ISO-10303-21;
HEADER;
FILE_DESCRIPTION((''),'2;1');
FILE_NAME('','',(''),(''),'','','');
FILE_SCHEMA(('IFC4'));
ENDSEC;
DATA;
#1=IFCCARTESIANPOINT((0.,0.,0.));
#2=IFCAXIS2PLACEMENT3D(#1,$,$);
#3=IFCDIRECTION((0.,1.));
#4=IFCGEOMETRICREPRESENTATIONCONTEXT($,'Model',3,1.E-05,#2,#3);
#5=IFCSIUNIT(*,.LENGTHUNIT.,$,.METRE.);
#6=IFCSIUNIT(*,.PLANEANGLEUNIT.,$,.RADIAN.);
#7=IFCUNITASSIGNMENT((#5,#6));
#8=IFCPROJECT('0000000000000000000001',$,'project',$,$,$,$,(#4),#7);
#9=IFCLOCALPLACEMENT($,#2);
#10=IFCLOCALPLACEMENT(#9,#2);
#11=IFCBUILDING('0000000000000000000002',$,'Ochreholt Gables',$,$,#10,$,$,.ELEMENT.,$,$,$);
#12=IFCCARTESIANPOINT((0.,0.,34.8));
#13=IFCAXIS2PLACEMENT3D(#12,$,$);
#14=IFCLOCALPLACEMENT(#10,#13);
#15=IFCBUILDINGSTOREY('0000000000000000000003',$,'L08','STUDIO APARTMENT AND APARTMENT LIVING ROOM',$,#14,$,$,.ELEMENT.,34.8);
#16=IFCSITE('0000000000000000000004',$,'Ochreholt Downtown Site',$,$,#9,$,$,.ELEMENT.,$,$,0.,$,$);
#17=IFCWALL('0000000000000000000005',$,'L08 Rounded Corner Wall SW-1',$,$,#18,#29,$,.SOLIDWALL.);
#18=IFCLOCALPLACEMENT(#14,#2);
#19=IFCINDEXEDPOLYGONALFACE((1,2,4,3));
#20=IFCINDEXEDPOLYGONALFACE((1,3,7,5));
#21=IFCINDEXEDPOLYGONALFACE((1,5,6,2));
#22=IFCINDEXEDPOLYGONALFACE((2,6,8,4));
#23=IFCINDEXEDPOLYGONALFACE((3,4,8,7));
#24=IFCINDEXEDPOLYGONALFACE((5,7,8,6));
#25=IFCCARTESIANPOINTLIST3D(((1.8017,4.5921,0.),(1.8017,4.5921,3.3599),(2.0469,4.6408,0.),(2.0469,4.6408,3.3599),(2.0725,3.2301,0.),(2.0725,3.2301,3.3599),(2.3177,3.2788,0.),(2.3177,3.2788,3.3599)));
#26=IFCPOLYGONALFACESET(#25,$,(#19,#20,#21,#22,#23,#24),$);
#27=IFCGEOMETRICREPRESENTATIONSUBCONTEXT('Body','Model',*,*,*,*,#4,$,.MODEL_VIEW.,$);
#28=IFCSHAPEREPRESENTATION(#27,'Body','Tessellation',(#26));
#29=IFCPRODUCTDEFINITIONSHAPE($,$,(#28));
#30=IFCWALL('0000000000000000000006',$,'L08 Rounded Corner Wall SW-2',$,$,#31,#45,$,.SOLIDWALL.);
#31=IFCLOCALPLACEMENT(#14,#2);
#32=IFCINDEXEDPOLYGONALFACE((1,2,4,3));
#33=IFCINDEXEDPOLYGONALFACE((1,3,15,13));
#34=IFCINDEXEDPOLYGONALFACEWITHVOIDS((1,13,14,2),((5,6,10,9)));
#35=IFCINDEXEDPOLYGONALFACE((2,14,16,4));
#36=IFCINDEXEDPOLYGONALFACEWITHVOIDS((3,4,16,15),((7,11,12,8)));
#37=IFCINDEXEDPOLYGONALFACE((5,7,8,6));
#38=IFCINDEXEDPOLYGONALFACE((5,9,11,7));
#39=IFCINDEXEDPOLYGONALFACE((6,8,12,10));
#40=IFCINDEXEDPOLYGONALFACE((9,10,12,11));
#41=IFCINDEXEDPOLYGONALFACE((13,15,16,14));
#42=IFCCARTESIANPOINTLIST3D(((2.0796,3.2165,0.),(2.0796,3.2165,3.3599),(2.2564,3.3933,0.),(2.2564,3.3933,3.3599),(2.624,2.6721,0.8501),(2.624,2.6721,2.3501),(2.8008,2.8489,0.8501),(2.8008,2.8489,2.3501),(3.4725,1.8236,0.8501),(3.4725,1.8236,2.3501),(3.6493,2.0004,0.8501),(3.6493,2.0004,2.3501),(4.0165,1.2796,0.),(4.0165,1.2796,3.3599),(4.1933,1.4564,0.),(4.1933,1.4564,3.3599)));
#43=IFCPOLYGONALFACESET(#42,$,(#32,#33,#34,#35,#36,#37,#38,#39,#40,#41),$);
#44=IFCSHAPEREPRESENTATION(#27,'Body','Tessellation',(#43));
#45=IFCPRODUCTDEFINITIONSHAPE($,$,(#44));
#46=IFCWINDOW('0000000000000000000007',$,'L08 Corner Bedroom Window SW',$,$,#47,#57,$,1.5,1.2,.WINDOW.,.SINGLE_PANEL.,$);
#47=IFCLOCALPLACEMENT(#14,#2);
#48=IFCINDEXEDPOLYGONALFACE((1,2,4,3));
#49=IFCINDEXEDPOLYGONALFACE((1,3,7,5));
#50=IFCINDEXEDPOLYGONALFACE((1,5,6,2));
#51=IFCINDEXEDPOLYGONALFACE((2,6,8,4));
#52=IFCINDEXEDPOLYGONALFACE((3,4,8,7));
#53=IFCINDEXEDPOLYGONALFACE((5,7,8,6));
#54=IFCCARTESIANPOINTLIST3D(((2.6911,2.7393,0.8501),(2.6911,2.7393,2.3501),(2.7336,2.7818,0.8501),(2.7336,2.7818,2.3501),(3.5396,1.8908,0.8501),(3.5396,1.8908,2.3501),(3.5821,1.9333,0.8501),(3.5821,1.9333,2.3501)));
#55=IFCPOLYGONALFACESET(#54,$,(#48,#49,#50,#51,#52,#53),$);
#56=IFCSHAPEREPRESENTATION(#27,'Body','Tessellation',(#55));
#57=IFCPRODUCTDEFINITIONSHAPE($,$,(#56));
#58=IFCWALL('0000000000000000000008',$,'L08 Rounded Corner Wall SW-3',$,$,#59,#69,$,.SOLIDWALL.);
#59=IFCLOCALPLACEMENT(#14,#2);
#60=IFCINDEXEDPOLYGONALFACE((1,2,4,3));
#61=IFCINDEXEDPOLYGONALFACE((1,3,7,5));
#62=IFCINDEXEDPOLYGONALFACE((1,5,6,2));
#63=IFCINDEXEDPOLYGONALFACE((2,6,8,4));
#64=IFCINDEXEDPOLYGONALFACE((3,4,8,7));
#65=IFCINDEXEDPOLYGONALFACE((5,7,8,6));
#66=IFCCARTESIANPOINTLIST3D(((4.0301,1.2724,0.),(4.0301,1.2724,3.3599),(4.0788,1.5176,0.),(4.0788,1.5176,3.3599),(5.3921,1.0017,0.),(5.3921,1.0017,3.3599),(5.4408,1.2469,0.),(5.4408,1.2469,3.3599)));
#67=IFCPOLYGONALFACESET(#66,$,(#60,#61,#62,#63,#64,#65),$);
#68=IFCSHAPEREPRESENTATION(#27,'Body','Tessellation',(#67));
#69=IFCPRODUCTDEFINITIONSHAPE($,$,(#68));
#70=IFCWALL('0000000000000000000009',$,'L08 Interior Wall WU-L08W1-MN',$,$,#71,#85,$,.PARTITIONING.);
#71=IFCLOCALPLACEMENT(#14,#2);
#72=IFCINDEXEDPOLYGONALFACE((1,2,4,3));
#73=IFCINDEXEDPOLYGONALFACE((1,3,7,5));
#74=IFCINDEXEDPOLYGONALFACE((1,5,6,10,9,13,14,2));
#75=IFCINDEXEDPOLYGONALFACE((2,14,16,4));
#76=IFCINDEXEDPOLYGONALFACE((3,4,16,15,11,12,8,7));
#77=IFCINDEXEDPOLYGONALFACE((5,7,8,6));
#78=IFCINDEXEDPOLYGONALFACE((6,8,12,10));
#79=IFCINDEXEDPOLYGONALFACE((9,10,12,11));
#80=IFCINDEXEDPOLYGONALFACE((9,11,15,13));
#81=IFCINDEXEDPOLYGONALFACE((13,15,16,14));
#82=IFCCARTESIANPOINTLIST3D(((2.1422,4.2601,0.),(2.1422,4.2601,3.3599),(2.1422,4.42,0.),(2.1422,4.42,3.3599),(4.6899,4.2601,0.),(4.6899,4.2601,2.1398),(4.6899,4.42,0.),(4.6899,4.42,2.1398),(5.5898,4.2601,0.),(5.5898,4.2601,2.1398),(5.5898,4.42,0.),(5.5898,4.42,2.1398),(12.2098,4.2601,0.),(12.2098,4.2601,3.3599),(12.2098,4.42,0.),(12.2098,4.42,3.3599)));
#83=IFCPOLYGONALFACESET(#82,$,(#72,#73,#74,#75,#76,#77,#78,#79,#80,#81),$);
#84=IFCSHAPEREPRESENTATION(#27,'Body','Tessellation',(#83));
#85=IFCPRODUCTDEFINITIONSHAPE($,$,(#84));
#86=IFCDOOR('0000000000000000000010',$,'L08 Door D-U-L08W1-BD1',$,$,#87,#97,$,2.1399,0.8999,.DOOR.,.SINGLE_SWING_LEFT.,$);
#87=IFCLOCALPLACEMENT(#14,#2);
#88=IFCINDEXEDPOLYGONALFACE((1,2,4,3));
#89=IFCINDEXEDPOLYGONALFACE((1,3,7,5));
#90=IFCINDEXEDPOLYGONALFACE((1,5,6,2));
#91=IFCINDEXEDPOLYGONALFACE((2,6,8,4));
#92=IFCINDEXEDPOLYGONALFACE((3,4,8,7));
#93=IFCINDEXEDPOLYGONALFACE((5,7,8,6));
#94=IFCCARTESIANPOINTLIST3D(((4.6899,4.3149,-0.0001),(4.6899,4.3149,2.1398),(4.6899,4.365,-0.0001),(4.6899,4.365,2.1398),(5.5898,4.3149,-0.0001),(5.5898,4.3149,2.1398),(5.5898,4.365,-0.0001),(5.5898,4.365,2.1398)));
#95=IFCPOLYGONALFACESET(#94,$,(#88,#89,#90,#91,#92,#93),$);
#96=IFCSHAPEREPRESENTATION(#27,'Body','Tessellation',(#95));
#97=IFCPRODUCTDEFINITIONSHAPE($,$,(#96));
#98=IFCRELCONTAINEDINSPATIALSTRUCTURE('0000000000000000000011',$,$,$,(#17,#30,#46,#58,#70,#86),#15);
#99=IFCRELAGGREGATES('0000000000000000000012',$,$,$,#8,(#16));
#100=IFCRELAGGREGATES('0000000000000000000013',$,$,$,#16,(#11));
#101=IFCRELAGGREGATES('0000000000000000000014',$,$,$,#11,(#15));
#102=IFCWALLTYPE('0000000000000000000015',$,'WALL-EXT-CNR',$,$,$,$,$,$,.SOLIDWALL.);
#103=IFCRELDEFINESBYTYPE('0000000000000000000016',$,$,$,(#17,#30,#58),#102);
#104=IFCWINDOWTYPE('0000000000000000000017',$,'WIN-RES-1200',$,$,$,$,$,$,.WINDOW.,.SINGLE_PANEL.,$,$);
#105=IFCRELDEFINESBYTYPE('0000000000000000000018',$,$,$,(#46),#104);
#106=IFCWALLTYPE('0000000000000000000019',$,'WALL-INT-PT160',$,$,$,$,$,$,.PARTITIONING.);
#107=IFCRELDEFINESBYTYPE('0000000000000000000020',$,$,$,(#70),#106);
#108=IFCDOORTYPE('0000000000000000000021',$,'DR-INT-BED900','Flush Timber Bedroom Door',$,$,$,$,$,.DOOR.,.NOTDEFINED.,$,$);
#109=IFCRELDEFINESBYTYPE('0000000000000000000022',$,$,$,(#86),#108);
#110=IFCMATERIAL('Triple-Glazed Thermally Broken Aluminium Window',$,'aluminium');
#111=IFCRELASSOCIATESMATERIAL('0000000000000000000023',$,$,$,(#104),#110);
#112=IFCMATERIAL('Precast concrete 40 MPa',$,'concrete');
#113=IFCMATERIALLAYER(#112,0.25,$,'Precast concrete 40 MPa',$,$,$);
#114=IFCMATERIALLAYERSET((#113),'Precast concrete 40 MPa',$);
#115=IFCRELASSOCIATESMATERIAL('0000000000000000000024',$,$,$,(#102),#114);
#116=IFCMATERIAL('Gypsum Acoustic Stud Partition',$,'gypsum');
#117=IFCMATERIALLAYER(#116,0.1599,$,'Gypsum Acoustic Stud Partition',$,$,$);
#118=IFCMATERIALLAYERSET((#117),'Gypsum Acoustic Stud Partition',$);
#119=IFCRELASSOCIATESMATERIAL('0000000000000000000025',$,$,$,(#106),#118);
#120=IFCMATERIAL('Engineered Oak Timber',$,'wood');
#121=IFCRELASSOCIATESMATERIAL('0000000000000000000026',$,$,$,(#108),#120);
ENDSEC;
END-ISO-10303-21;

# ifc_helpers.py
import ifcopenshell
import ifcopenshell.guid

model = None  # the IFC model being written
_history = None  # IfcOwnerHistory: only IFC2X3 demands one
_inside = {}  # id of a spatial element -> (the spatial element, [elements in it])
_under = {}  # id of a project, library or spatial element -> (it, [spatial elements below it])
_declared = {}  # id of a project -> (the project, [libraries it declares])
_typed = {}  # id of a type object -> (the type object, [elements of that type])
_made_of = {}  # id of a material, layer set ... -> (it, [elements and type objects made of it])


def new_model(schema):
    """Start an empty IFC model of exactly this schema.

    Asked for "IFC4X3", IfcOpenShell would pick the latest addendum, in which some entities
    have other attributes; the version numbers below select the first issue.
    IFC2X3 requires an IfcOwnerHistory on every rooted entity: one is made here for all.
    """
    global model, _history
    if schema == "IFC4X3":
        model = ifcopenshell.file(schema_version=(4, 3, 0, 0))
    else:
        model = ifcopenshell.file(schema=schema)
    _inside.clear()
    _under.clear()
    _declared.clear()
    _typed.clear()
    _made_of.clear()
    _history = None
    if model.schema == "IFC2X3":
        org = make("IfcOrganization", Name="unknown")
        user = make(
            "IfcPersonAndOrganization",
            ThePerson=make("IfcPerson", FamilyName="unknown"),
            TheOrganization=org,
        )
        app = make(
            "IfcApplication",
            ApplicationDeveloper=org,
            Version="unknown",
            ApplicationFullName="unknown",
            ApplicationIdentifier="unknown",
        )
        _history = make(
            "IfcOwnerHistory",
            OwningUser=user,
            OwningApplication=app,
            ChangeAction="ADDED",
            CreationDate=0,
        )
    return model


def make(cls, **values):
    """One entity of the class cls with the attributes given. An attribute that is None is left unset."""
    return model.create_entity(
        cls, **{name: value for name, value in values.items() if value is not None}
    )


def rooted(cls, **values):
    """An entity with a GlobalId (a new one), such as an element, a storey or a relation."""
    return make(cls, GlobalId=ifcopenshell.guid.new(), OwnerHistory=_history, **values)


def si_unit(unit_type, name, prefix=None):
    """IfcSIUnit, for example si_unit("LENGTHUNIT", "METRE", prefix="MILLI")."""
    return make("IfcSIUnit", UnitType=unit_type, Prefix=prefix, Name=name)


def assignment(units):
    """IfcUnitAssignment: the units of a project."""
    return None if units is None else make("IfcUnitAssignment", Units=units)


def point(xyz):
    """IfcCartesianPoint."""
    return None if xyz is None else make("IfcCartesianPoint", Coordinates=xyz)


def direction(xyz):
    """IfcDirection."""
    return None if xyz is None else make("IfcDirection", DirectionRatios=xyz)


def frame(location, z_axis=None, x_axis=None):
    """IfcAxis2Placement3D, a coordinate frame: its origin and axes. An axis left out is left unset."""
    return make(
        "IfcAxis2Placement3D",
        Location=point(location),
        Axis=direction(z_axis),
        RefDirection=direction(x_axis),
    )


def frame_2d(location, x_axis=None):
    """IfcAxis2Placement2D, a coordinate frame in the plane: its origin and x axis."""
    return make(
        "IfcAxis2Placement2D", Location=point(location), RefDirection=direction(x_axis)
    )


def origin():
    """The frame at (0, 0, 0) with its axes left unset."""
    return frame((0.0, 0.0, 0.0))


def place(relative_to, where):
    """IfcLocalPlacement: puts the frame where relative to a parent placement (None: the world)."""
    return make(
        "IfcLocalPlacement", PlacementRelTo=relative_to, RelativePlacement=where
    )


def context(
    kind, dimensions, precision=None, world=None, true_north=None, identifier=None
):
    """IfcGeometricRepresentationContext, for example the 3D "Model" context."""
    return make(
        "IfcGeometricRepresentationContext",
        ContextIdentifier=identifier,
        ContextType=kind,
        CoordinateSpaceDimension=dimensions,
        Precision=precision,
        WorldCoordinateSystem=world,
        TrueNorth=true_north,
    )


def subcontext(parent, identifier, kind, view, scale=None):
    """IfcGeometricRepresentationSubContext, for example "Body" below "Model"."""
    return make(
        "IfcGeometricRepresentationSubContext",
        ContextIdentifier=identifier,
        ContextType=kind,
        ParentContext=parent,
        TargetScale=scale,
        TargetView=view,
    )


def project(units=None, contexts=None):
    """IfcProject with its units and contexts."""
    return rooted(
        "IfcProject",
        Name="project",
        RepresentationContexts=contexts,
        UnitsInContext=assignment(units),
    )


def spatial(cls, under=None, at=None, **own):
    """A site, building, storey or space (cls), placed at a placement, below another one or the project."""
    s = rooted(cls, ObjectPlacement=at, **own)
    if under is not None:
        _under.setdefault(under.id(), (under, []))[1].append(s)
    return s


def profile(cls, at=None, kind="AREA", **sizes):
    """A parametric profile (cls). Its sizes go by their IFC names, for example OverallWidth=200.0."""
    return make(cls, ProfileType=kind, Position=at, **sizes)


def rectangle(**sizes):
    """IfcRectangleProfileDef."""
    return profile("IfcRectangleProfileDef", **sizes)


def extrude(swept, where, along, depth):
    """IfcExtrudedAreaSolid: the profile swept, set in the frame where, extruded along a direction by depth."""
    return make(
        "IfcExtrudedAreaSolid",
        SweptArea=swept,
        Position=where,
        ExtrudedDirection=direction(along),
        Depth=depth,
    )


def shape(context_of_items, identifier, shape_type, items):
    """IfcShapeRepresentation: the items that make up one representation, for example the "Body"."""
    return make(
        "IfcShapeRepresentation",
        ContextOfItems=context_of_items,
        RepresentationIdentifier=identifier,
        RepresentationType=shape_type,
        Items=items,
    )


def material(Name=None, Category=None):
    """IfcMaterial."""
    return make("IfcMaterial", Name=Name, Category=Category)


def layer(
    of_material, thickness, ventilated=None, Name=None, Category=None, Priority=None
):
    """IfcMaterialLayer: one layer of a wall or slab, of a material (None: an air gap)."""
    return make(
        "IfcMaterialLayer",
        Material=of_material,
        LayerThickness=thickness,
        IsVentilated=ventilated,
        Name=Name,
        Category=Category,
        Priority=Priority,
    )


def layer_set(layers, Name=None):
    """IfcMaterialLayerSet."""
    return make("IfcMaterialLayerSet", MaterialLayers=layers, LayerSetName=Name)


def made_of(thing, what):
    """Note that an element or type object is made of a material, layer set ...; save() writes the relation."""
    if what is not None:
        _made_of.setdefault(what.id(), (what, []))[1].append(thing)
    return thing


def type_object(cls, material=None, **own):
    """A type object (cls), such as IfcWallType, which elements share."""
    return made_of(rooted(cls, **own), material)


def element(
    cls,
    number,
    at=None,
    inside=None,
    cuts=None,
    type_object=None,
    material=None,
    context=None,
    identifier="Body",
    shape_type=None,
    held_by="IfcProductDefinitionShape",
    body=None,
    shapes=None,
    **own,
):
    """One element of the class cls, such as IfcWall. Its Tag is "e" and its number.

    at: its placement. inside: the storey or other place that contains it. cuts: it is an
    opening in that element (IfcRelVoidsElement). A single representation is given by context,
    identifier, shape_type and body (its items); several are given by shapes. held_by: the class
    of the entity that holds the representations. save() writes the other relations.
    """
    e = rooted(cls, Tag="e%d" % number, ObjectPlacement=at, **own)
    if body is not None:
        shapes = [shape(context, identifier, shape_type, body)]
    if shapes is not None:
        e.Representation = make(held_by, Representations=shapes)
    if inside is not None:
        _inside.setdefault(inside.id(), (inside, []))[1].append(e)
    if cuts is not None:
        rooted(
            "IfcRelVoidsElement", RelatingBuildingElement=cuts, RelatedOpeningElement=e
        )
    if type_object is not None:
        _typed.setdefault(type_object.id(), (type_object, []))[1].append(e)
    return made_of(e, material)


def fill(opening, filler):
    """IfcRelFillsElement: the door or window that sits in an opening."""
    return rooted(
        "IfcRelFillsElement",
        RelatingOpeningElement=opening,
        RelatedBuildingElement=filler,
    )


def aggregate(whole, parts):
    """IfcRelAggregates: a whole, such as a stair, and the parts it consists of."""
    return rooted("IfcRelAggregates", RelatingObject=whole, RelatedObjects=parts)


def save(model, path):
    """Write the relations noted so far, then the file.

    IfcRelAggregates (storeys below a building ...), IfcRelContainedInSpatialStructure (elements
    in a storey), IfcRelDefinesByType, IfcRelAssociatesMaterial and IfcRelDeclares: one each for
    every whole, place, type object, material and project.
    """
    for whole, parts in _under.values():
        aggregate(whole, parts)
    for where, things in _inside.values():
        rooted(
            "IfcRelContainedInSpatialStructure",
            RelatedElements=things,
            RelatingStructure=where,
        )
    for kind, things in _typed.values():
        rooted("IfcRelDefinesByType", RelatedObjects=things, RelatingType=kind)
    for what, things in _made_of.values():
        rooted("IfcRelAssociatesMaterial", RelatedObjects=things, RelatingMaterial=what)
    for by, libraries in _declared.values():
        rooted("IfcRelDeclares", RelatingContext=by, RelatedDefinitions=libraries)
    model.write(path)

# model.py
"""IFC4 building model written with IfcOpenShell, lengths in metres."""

from ifc_helpers import new_model, si_unit, direction, frame, frame_2d, origin, place, context, subcontext, project, spatial, rectangle, extrude, material, layer, layer_set, type_object, element, fill, save


model = new_model("IFC4")

# Units and contexts
model_context = context("Model", 3, precision=1e-05, world=origin(), true_north=direction((0.0, 1.0)))
body_context = subcontext(model_context, "Body", "Model", "MODEL_VIEW")
ifc_project = project(units=[si_unit("LENGTHUNIT", "METRE"), si_unit("PLANEANGLEUNIT", "RADIAN")], contexts=[model_context])

# Site, building, storey
site_placement = place(None, origin())
site = spatial("IfcSite", under=ifc_project, at=site_placement, Name="Ochreholt Downtown Site", CompositionType="ELEMENT", RefElevation=0.0)
building_placement = place(site_placement, origin())
building = spatial("IfcBuilding", under=site, at=building_placement, Name="Ochreholt Gables", CompositionType="ELEMENT")
storey_placement = place(building_placement, frame((0.0, 0.0, 34.8)))
storey = spatial("IfcBuildingStorey", under=building, at=storey_placement, Name="L08", Description="STUDIO APARTMENT AND APARTMENT LIVING ROOM", CompositionType="ELEMENT", Elevation=34.8)

# Shared definitions
ifc_material_1 = material(Name="Precast concrete 40 MPa", Category="concrete")
ifc_material_2 = material(Name="Triple-Glazed Thermally Broken Aluminium Window", Category="aluminium")
window_type_1 = type_object("IfcWindowType", Name="WIN-RES-1200", PartitioningType="SINGLE_PANEL", PredefinedType="WINDOW", material=ifc_material_2)

# Wall
ifc_layer_1 = layer(ifc_material_1, 0.25, Name="Precast concrete 40 MPa")
ifc_layer_set_1 = layer_set([ifc_layer_1], Name="Precast concrete 40 MPa")
wall_type_1 = type_object("IfcWallType", Name="WALL-EXT-CNR", PredefinedType="SOLIDWALL", material=ifc_layer_set_1)
wall_1_placement = place(storey_placement, frame((1.9243, 4.6165, 0.0), z_axis=(0.0, 0.0, 1.0), x_axis=(0.194967, -0.98081, 0.0)))
element("IfcWall", 1, at=wall_1_placement, inside=storey, type_object=wall_type_1, Name="L08 Rounded Corner Wall SW-1", PredefinedType="SOLIDWALL", context=body_context, shape_type="SweptSolid", body=[
    extrude(rectangle(XDim=1.3887, YDim=0.25, at=frame_2d((0.6943, 0.0))), origin(), (0.0, 0.0, 1.0), 3.3599),
])

# Wall, opening, window
wall_2_placement = place(storey_placement, frame((2.168, 3.3049, 0.0), z_axis=(0.0, 0.0, 1.0), x_axis=(0.707107, -0.707107, 0.0)))
wall_2 = element("IfcWall", 2, at=wall_2_placement, inside=storey, type_object=wall_type_1, Name="L08 Rounded Corner Wall SW-2", PredefinedType="SOLIDWALL", context=body_context, shape_type="SweptSolid", body=[
    extrude(rectangle(XDim=2.7393, YDim=0.25, at=frame_2d((1.3696, 0.0))), origin(), (0.0, 0.0, 1.0), 3.3599),
])
opening_1_placement = place(wall_2_placement, frame((0.7698, 0.0, 0.8501)))
opening_1 = element("IfcOpeningElement", 3, at=opening_1_placement, cuts=wall_2, PredefinedType="OPENING", context=body_context, shape_type="SweptSolid", body=[
    extrude(rectangle(XDim=1.2, YDim=1.5, at=frame_2d((0.6001, 0.75))), frame((0.0, 0.135, 0.0), z_axis=(0.0, -1.0, 0.0), x_axis=(1.0, 0.0, 0.0)), (0.0, 0.0, 1.0), 0.27),
])
window_1_placement = place(opening_1_placement, origin())
window_1 = element("IfcWindow", 4, at=window_1_placement, inside=storey, type_object=window_type_1, Name="L08 Corner Bedroom Window SW", OverallHeight=1.5, OverallWidth=1.2, PartitioningType="SINGLE_PANEL", PredefinedType="WINDOW", context=body_context, shape_type="SweptSolid", body=[
    extrude(rectangle(XDim=1.2, YDim=1.5, at=frame_2d((0.6001, 0.75))), frame((0.0, 0.03, 0.0), z_axis=(0.0, -1.0, 0.0), x_axis=(1.0, 0.0, 0.0)), (0.0, 0.0, 1.0), 0.0601),
])
fill(opening_1, window_1)

# Wall
wall_3_placement = place(storey_placement, frame((4.0544, 1.395, 0.0), z_axis=(0.0, 0.0, 1.0), x_axis=(0.98081, -0.194967, 0.0)))
element("IfcWall", 5, at=wall_3_placement, inside=storey, type_object=wall_type_1, Name="L08 Rounded Corner Wall SW-3", PredefinedType="SOLIDWALL", context=body_context, shape_type="SweptSolid", body=[
    extrude(rectangle(XDim=1.3887, YDim=0.25, at=frame_2d((0.6943, 0.0))), origin(), (0.0, 0.0, 1.0), 3.3599),
])

# Wall, opening, door
ifc_material_3 = material(Name="Gypsum Acoustic Stud Partition", Category="gypsum")
ifc_layer_2 = layer(ifc_material_3, 0.1599, Name="Gypsum Acoustic Stud Partition")
ifc_layer_set_2 = layer_set([ifc_layer_2], Name="Gypsum Acoustic Stud Partition")
wall_type_2 = type_object("IfcWallType", Name="WALL-INT-PT160", PredefinedType="PARTITIONING", material=ifc_layer_set_2)
wall_4_placement = place(storey_placement, frame((2.1423, 4.3401, 0.0), z_axis=(0.0, 0.0, 1.0), x_axis=(1.0, 0.0, 0.0)))
wall_4 = element("IfcWall", 6, at=wall_4_placement, inside=storey, type_object=wall_type_2, Name="L08 Interior Wall WU-L08W1-MN", PredefinedType="PARTITIONING", context=body_context, shape_type="SweptSolid", body=[
    extrude(rectangle(XDim=10.0676, YDim=0.1599, at=frame_2d((5.0337, 0.0))), origin(), (0.0, 0.0, 1.0), 3.3599),
])
opening_2_placement = place(wall_4_placement, frame((2.5476, 0.0, 0.0)))
opening_2 = element("IfcOpeningElement", 7, at=opening_2_placement, cuts=wall_4, PredefinedType="OPENING", context=body_context, shape_type="SweptSolid", body=[
    extrude(rectangle(XDim=0.8999, YDim=2.1399, at=frame_2d((0.45, 1.0698))), frame((0.0, 0.0898, 0.0), z_axis=(0.0, -1.0, 0.0), x_axis=(1.0, 0.0, 0.0)), (0.0, 0.0, 1.0), 0.1799),
])
ifc_material_4 = material(Name="Engineered Oak Timber", Category="wood")
door_type = type_object("IfcDoorType", Name="DR-INT-BED900", Description="Flush Timber Bedroom Door", OperationType="NOTDEFINED", PredefinedType="DOOR", material=ifc_material_4)
door_placement = place(opening_2_placement, origin())
door = element("IfcDoor", 8, at=door_placement, inside=storey, type_object=door_type, Name="L08 Door D-U-L08W1-BD1", OperationType="SINGLE_SWING_LEFT", OverallHeight=2.1399, OverallWidth=0.8999, PredefinedType="DOOR", context=body_context, shape_type="SweptSolid", body=[
    extrude(rectangle(XDim=0.8999, YDim=2.1399, at=frame_2d((0.45, 1.0698))), frame((0.0, 0.0249, 0.0), z_axis=(0.0, -1.0, 0.0), x_axis=(1.0, 0.0, 0.0)), (0.0, 0.0, 1.0), 0.05),
])
fill(opening_2, door)

save(model, "model.ifc")
